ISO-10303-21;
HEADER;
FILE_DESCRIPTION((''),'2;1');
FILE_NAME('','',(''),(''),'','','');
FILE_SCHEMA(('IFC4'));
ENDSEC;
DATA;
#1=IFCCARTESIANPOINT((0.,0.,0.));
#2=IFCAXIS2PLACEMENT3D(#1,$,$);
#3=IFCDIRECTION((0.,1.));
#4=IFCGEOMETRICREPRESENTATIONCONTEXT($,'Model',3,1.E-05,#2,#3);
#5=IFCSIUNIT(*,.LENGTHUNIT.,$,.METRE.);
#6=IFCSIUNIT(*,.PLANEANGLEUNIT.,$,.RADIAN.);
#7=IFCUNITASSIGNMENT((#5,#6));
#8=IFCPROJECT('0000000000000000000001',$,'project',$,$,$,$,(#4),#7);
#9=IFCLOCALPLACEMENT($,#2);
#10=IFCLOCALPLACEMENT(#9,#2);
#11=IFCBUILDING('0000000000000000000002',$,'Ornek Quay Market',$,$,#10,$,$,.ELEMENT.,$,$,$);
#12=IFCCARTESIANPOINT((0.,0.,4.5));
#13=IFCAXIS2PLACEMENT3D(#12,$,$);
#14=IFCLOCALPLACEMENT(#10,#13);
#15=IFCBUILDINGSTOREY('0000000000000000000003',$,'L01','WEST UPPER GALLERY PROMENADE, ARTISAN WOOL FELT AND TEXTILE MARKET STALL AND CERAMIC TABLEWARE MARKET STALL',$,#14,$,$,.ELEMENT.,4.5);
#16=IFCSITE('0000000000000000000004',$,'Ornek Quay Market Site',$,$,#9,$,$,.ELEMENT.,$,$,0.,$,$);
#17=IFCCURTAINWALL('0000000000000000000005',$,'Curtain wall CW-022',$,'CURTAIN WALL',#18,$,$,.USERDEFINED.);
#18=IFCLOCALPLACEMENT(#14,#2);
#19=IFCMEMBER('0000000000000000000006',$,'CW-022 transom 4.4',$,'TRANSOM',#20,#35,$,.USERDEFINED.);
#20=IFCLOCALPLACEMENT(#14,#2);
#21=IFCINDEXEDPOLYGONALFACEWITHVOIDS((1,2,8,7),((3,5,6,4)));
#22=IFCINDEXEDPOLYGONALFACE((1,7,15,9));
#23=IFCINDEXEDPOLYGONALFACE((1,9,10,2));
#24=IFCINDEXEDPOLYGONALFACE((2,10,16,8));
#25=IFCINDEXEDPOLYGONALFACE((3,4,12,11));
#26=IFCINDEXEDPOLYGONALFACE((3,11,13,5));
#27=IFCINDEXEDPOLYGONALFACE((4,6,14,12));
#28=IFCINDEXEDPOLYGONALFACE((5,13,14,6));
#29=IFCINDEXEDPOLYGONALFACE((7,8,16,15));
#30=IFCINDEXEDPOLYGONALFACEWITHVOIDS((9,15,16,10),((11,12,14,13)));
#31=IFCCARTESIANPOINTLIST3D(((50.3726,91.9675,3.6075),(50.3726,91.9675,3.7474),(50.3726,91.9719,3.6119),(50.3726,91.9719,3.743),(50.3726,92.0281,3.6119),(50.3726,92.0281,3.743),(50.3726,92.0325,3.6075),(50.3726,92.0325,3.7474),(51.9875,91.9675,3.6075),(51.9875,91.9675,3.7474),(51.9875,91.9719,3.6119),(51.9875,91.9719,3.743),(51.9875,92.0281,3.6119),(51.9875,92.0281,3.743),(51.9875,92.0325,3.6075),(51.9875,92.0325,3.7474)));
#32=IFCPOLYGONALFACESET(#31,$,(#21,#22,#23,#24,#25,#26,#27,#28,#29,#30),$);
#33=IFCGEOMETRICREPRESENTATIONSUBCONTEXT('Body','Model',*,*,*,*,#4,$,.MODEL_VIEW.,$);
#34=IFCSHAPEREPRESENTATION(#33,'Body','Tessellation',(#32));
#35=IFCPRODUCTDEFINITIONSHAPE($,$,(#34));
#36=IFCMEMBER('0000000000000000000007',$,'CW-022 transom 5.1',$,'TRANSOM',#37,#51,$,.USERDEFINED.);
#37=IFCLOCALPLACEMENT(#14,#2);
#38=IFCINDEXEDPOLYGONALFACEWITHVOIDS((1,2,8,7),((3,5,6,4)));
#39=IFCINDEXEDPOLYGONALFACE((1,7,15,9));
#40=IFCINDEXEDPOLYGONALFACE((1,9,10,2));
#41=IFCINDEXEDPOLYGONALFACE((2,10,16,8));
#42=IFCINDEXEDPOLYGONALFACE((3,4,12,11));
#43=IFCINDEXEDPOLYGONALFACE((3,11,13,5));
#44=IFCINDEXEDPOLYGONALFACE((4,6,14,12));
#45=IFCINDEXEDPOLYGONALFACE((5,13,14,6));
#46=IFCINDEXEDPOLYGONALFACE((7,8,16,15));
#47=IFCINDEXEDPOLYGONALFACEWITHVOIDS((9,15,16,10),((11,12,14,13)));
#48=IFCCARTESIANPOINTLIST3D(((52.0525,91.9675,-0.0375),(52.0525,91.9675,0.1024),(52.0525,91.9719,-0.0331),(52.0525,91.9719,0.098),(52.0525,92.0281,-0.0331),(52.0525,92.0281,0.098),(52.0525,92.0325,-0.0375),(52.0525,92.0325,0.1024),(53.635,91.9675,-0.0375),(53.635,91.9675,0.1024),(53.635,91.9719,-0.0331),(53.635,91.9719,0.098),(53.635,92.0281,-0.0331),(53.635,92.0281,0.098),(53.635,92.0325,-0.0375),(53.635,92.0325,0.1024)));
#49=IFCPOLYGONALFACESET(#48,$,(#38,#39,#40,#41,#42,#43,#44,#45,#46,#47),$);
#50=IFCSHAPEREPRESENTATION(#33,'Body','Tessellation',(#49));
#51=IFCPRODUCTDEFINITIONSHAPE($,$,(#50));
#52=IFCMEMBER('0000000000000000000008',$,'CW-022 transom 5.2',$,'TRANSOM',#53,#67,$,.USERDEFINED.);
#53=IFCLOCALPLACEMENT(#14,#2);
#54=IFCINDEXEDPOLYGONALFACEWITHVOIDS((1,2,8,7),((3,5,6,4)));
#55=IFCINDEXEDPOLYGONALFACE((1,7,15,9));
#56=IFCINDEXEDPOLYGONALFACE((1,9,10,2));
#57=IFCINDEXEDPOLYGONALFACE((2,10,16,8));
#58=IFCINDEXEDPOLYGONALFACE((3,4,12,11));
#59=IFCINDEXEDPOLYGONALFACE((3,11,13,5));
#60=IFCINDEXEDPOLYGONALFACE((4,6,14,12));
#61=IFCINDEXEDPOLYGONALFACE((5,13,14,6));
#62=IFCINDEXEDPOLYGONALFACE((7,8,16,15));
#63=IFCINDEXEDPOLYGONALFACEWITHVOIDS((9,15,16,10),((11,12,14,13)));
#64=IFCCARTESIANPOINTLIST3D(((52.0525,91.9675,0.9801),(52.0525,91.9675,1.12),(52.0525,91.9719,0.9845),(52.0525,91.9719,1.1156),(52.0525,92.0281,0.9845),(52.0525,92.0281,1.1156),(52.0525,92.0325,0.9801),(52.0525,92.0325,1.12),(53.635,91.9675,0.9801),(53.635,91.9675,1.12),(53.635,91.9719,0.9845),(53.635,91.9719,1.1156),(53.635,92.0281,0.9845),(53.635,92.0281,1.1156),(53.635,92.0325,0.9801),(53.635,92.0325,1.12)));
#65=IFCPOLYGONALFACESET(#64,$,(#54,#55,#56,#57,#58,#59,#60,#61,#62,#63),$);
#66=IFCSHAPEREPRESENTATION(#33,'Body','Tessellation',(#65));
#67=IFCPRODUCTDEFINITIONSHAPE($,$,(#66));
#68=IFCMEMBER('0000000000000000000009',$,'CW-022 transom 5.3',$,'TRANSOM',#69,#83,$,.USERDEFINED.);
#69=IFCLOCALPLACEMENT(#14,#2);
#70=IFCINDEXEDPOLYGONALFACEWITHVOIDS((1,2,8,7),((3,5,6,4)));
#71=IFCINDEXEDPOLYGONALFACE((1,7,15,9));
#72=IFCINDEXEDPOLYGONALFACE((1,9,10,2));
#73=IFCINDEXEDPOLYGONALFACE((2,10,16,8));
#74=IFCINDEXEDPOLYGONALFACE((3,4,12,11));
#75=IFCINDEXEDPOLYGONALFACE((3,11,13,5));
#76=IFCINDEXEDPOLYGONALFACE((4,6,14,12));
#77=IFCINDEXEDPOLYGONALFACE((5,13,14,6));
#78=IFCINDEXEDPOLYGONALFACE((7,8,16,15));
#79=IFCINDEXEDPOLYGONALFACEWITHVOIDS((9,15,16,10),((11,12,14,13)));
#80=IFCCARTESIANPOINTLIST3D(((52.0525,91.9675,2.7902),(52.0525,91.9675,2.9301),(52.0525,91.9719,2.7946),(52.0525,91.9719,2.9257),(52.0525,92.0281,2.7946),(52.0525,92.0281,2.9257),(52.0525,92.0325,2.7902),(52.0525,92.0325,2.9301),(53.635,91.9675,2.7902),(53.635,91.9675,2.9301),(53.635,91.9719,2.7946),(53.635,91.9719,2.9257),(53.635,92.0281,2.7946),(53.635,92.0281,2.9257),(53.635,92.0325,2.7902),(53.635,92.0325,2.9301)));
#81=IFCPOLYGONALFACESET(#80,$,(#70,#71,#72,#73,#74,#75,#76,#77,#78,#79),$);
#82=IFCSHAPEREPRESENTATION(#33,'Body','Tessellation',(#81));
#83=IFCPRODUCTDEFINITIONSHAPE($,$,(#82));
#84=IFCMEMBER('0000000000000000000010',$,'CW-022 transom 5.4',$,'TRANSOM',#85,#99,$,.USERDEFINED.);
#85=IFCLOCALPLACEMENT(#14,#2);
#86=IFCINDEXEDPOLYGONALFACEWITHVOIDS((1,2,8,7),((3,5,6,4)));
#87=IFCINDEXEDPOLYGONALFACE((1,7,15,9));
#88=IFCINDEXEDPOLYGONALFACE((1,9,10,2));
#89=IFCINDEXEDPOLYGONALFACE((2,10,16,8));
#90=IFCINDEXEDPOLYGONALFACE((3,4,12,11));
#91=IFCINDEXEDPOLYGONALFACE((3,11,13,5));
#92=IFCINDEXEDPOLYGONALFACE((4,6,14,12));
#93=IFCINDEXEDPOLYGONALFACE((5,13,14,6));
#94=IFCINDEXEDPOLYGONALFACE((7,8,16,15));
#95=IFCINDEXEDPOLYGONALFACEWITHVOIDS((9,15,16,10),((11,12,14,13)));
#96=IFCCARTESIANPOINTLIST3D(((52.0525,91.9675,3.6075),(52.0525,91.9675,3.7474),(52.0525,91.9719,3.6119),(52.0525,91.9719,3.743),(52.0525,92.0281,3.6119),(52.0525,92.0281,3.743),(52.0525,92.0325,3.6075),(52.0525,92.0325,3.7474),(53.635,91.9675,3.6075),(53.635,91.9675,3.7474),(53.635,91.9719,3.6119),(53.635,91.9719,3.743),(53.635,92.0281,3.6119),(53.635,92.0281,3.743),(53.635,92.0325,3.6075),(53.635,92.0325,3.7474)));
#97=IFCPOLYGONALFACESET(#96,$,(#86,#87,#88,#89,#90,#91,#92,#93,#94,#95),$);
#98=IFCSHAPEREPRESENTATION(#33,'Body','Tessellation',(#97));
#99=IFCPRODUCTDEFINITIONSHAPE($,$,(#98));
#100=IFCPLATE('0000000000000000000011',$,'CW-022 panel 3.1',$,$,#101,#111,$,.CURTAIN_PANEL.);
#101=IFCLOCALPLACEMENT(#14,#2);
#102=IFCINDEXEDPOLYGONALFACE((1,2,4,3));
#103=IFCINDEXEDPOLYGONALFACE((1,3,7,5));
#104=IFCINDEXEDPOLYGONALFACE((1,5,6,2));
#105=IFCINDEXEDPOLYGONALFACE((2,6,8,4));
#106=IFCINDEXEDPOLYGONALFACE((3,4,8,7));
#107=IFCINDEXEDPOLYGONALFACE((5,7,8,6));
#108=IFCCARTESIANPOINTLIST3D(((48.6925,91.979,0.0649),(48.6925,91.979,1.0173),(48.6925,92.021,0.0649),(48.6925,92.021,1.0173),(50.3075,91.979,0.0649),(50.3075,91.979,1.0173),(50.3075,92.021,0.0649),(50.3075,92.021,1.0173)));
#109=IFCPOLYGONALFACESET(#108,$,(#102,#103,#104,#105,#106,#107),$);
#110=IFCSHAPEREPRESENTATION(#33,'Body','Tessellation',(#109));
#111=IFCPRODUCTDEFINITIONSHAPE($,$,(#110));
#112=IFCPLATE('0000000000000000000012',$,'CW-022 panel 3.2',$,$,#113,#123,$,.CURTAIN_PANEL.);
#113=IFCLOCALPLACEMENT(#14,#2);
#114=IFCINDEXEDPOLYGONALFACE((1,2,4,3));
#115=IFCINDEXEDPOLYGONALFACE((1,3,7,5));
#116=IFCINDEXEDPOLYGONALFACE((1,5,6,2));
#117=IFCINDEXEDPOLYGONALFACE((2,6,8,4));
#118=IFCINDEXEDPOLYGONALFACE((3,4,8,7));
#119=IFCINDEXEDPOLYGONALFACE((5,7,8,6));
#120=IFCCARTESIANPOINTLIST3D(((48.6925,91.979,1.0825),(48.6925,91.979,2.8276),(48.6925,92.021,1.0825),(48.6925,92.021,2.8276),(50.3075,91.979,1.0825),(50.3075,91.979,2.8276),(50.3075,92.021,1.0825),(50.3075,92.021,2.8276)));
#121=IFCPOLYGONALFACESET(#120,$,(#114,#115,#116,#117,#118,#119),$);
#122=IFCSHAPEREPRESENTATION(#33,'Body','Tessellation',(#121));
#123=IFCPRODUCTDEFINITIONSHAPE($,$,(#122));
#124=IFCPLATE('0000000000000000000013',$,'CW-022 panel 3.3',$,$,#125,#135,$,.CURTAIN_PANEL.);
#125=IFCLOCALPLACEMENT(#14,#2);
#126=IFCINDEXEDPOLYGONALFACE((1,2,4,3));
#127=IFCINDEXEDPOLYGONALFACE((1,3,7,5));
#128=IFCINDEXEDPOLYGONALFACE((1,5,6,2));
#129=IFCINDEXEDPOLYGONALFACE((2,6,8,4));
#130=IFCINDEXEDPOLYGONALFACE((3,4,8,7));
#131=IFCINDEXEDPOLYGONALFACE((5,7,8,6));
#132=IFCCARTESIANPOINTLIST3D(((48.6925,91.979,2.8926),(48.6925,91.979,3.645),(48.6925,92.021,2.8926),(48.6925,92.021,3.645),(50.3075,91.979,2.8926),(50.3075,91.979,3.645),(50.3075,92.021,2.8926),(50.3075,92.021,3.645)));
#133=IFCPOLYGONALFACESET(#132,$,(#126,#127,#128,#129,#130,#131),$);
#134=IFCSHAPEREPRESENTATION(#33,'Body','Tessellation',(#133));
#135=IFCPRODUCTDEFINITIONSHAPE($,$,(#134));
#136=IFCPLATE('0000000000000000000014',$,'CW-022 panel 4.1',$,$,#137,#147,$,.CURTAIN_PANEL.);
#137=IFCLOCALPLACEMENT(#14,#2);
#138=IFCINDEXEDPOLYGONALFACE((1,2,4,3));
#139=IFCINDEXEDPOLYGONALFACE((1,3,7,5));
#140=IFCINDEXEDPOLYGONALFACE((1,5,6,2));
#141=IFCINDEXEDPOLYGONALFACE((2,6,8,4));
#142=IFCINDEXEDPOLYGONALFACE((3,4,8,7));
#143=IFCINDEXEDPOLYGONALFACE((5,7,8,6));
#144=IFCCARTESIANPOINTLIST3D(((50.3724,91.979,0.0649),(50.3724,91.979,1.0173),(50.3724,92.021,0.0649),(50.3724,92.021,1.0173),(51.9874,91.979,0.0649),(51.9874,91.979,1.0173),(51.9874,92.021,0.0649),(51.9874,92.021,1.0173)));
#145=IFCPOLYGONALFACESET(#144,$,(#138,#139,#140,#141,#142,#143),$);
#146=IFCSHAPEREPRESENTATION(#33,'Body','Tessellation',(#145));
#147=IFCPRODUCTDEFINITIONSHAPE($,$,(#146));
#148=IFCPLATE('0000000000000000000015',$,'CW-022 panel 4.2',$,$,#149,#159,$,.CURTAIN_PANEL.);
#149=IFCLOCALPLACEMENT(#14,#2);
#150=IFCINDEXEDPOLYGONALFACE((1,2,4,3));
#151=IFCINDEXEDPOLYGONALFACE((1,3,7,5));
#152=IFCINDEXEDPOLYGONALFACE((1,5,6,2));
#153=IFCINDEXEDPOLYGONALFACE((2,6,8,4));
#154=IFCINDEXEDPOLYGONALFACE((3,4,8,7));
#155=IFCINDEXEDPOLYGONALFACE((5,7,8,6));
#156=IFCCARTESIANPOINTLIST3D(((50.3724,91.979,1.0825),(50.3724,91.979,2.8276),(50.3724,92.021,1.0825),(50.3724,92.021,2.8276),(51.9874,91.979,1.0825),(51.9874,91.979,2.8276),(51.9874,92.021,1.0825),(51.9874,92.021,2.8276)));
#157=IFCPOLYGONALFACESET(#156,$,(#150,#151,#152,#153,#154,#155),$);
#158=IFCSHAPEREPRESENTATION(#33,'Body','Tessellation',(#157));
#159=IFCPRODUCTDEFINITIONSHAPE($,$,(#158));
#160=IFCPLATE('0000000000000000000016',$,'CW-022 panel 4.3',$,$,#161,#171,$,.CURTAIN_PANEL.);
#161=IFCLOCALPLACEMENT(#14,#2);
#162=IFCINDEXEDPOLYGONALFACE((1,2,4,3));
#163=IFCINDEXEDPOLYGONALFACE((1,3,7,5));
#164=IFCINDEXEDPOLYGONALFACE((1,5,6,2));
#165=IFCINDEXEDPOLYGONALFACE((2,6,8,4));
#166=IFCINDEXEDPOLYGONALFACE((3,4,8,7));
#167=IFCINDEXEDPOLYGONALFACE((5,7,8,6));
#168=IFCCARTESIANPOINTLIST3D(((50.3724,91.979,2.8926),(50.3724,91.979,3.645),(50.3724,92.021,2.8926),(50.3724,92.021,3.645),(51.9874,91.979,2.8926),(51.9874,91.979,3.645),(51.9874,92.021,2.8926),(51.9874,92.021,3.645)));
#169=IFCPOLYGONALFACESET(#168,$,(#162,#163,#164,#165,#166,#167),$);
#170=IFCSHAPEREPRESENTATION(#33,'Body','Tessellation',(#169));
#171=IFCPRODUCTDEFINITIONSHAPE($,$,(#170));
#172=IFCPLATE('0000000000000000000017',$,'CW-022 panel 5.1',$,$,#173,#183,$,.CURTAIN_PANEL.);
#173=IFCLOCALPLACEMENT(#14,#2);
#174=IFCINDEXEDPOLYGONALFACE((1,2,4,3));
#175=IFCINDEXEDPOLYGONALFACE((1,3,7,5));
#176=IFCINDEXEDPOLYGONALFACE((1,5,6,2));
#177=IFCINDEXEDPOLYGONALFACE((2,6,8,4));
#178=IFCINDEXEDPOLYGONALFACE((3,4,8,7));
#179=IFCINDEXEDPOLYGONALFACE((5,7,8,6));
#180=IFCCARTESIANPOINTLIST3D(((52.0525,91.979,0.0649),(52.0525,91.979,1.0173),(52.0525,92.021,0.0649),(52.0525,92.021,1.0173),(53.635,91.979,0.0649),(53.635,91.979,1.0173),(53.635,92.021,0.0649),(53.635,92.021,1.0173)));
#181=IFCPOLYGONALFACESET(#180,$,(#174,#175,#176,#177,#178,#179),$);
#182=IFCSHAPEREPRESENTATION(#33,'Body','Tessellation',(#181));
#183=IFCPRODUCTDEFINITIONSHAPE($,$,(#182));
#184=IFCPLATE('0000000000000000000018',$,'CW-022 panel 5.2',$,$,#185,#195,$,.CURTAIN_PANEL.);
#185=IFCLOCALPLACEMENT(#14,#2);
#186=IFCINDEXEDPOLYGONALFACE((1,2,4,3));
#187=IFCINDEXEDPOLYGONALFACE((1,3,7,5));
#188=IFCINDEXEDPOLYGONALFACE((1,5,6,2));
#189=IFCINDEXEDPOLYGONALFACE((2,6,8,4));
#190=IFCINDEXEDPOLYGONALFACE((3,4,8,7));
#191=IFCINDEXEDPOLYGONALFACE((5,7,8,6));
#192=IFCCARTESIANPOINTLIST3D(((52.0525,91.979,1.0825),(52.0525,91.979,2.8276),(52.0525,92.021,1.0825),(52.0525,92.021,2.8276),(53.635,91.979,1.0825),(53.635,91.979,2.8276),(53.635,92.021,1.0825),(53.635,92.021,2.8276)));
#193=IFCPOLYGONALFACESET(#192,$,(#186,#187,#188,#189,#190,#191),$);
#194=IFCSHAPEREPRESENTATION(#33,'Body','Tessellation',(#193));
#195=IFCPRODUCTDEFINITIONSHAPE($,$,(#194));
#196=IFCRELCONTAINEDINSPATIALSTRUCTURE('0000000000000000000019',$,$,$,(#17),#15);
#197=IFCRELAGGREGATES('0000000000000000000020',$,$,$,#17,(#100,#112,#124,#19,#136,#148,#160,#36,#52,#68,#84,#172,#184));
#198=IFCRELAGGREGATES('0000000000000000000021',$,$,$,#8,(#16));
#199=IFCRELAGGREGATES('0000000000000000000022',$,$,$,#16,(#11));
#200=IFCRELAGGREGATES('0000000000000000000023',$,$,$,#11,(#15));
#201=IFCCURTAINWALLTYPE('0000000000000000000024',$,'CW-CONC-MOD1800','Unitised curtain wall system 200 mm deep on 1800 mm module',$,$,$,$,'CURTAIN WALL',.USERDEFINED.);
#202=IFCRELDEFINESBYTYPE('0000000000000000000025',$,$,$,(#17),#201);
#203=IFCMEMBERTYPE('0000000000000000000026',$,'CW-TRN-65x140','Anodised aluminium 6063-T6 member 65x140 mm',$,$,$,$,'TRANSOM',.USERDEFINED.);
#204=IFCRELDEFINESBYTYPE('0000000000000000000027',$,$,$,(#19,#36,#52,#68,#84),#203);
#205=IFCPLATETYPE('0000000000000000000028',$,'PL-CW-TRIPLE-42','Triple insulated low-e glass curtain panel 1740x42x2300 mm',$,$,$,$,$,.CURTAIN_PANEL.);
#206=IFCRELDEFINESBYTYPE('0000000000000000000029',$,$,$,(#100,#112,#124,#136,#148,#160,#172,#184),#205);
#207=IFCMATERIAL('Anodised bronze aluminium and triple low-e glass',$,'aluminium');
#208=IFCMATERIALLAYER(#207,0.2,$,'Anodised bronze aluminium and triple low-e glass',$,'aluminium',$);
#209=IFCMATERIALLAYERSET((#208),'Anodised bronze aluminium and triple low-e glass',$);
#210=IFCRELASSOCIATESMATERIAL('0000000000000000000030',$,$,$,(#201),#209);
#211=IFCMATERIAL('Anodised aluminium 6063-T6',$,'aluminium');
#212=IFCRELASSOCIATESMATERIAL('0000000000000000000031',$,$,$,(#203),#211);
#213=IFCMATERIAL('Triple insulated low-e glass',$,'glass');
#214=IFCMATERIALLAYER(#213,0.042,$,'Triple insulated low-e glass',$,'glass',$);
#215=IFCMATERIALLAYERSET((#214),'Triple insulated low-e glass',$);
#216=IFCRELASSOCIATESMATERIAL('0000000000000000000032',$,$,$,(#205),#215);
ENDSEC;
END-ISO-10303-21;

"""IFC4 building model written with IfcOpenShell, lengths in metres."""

from ifc_helpers import new_model, si_unit, direction, frame, origin, origin_2d, place, context, subcontext, project, spatial, rectangle, hollow_rectangle, extrude, material, layer, layer_set, material_profile, profile_set, type_object, element, aggregate, save


model = new_model("IFC4")

# Units and contexts
model_context = context("Model", 3, precision=1e-05, world=origin(), true_north=direction((0.0, 1.0)))
body_context = subcontext(model_context, "Body", "Model", "MODEL_VIEW")
ifc_project = project(units=[si_unit("LENGTHUNIT", "METRE"), si_unit("PLANEANGLEUNIT", "RADIAN")], contexts=[model_context])

# Site, building, storey
site_placement = place(None, origin())
site = spatial("IfcSite", under=ifc_project, at=site_placement, Name="Ornek Quay Market Site", CompositionType="ELEMENT", RefElevation=0.0)
building_placement = place(site_placement, origin())
building = spatial("IfcBuilding", under=site, at=building_placement, Name="Ornek Quay Market", CompositionType="ELEMENT")
storey_placement = place(building_placement, frame((0.0, 0.0, 4.5)))
storey = spatial("IfcBuildingStorey", under=building, at=storey_placement, Name="L01", Description="WEST UPPER GALLERY PROMENADE, ARTISAN WOOL FELT AND TEXTILE MARKET STALL AND CERAMIC TABLEWARE MARKET STALL", CompositionType="ELEMENT", Elevation=4.5)

# Curtain wall, members, plates
ifc_material_1 = material(Name="Anodised bronze aluminium and triple low-e glass", Category="aluminium")
ifc_layer_1 = layer(ifc_material_1, 0.2, Name="Anodised bronze aluminium and triple low-e glass", Category="aluminium")
ifc_layer_set_1 = layer_set([ifc_layer_1], Name="Anodised bronze aluminium and triple low-e glass")
curtain_wall_type = type_object("IfcCurtainWallType", Name="CW-CONC-MOD1800", Description="Unitised curtain wall system 200 mm deep on 1800 mm module", ElementType="CURTAIN WALL", PredefinedType="USERDEFINED", material=ifc_layer_set_1)
curtain_wall_placement = place(storey_placement, origin())
curtain_wall = element("IfcCurtainWall", 1, at=curtain_wall_placement, inside=storey, type_object=curtain_wall_type, Name="Curtain wall CW-022", ObjectType="CURTAIN WALL", PredefinedType="USERDEFINED")
ifc_material_2 = material(Name="Anodised aluminium 6063-T6", Category="aluminium")
ifc_material_profile_1 = material_profile(ifc_material_2, hollow_rectangle(XDim=0.0649, YDim=0.1399, WallThickness=0.0044, at=origin_2d()), Name="CW-TRN-65x140", Category="aluminium")
ifc_profile_set_1 = profile_set([ifc_material_profile_1], Name="Anodised aluminium 6063-T6")
member_type_1 = type_object("IfcMemberType", Name="CW-TRN-65x140", Description="Anodised aluminium 6063-T6 member 65x140 mm", ElementType="TRANSOM", PredefinedType="USERDEFINED", material=ifc_profile_set_1)
member_1_placement = place(storey_placement, frame((50.3726, 92.0, 3.6775), z_axis=(1.0, 0.0, 0.0), x_axis=(0.0, 1.0, 0.0)))
member_1 = element("IfcMember", 2, at=member_1_placement, type_object=member_type_1, Name="CW-022 transom 4.4", ObjectType="TRANSOM", PredefinedType="USERDEFINED", context=body_context, shape_type="SweptSolid", body=[
    extrude(hollow_rectangle(XDim=0.0649, YDim=0.1399, WallThickness=0.0044, at=origin_2d()), origin(), (0.0, 0.0, 1.0), 1.615),
])
member_2_placement = place(storey_placement, frame((52.0525, 92.0, 0.0325), z_axis=(1.0, 0.0, 0.0), x_axis=(0.0, 1.0, 0.0)))
member_2 = element("IfcMember", 3, at=member_2_placement, type_object=member_type_1, Name="CW-022 transom 5.1", ObjectType="TRANSOM", PredefinedType="USERDEFINED", context=body_context, shape_type="SweptSolid", body=[
    extrude(hollow_rectangle(XDim=0.0649, YDim=0.1399, WallThickness=0.0044, at=origin_2d()), origin(), (0.0, 0.0, 1.0), 1.5825),
])
member_3_placement = place(storey_placement, frame((52.0525, 92.0, 1.05), z_axis=(1.0, 0.0, 0.0), x_axis=(0.0, 1.0, 0.0)))
member_3 = element("IfcMember", 4, at=member_3_placement, type_object=member_type_1, Name="CW-022 transom 5.2", ObjectType="TRANSOM", PredefinedType="USERDEFINED", context=body_context, shape_type="SweptSolid", body=[
    extrude(hollow_rectangle(XDim=0.0649, YDim=0.1399, WallThickness=0.0044, at=origin_2d()), origin(), (0.0, 0.0, 1.0), 1.5825),
])
member_4_placement = place(storey_placement, frame((52.0525, 92.0, 2.8601), z_axis=(1.0, 0.0, 0.0), x_axis=(0.0, 1.0, 0.0)))
member_4 = element("IfcMember", 5, at=member_4_placement, type_object=member_type_1, Name="CW-022 transom 5.3", ObjectType="TRANSOM", PredefinedType="USERDEFINED", context=body_context, shape_type="SweptSolid", body=[
    extrude(hollow_rectangle(XDim=0.0649, YDim=0.1399, WallThickness=0.0044, at=origin_2d()), origin(), (0.0, 0.0, 1.0), 1.5825),
])
member_5_placement = place(storey_placement, frame((52.0525, 92.0, 3.6775), z_axis=(1.0, 0.0, 0.0), x_axis=(0.0, 1.0, 0.0)))
member_5 = element("IfcMember", 6, at=member_5_placement, type_object=member_type_1, Name="CW-022 transom 5.4", ObjectType="TRANSOM", PredefinedType="USERDEFINED", context=body_context, shape_type="SweptSolid", body=[
    extrude(hollow_rectangle(XDim=0.0649, YDim=0.1399, WallThickness=0.0044, at=origin_2d()), origin(), (0.0, 0.0, 1.0), 1.5825),
])
ifc_material_3 = material(Name="Triple insulated low-e glass", Category="glass")
ifc_layer_2 = layer(ifc_material_3, 0.042, Name="Triple insulated low-e glass", Category="glass")
ifc_layer_set_2 = layer_set([ifc_layer_2], Name="Triple insulated low-e glass")
plate_type = type_object("IfcPlateType", Name="PL-CW-TRIPLE-42", Description="Triple insulated low-e glass curtain panel 1740x42x2300 mm", PredefinedType="CURTAIN_PANEL", material=ifc_layer_set_2)
plate_1_placement = place(storey_placement, frame((49.5, 92.0, 0.0649), z_axis=(0.0, 0.0, 1.0), x_axis=(1.0, 0.0, 0.0)))
plate_1 = element("IfcPlate", 7, at=plate_1_placement, type_object=plate_type, Name="CW-022 panel 3.1", PredefinedType="CURTAIN_PANEL", context=body_context, shape_type="SweptSolid", body=[
    extrude(rectangle(XDim=1.615, YDim=0.042, at=origin_2d()), origin(), (0.0, 0.0, 1.0), 0.9524),
])
plate_2_placement = place(storey_placement, frame((49.5, 92.0, 1.0825), z_axis=(0.0, 0.0, 1.0), x_axis=(1.0, 0.0, 0.0)))
plate_2 = element("IfcPlate", 8, at=plate_2_placement, type_object=plate_type, Name="CW-022 panel 3.2", PredefinedType="CURTAIN_PANEL", context=body_context, shape_type="SweptSolid", body=[
    extrude(rectangle(XDim=1.615, YDim=0.042, at=origin_2d()), origin(), (0.0, 0.0, 1.0), 1.7451),
])
plate_3_placement = place(storey_placement, frame((49.5, 92.0, 2.8926), z_axis=(0.0, 0.0, 1.0), x_axis=(1.0, 0.0, 0.0)))
plate_3 = element("IfcPlate", 9, at=plate_3_placement, type_object=plate_type, Name="CW-022 panel 3.3", PredefinedType="CURTAIN_PANEL", context=body_context, shape_type="SweptSolid", body=[
    extrude(rectangle(XDim=1.615, YDim=0.042, at=origin_2d()), origin(), (0.0, 0.0, 1.0), 0.7524),
])
plate_4_placement = place(storey_placement, frame((51.1799, 92.0, 0.0649), z_axis=(0.0, 0.0, 1.0), x_axis=(1.0, 0.0, 0.0)))
plate_4 = element("IfcPlate", 10, at=plate_4_placement, type_object=plate_type, Name="CW-022 panel 4.1", PredefinedType="CURTAIN_PANEL", context=body_context, shape_type="SweptSolid", body=[
    extrude(rectangle(XDim=1.615, YDim=0.042, at=origin_2d()), origin(), (0.0, 0.0, 1.0), 0.9524),
])
plate_5_placement = place(storey_placement, frame((51.1799, 92.0, 1.0825), z_axis=(0.0, 0.0, 1.0), x_axis=(1.0, 0.0, 0.0)))
plate_5 = element("IfcPlate", 11, at=plate_5_placement, type_object=plate_type, Name="CW-022 panel 4.2", PredefinedType="CURTAIN_PANEL", context=body_context, shape_type="SweptSolid", body=[
    extrude(rectangle(XDim=1.615, YDim=0.042, at=origin_2d()), origin(), (0.0, 0.0, 1.0), 1.7451),
])
plate_6_placement = place(storey_placement, frame((51.1799, 92.0, 2.8926), z_axis=(0.0, 0.0, 1.0), x_axis=(1.0, 0.0, 0.0)))
plate_6 = element("IfcPlate", 12, at=plate_6_placement, type_object=plate_type, Name="CW-022 panel 4.3", PredefinedType="CURTAIN_PANEL", context=body_context, shape_type="SweptSolid", body=[
    extrude(rectangle(XDim=1.615, YDim=0.042, at=origin_2d()), origin(), (0.0, 0.0, 1.0), 0.7524),
])
plate_7_placement = place(storey_placement, frame((52.8438, 92.0, 0.0649), z_axis=(0.0, 0.0, 1.0), x_axis=(1.0, 0.0, 0.0)))
plate_7 = element("IfcPlate", 13, at=plate_7_placement, type_object=plate_type, Name="CW-022 panel 5.1", PredefinedType="CURTAIN_PANEL", context=body_context, shape_type="SweptSolid", body=[
    extrude(rectangle(XDim=1.5825, YDim=0.042, at=origin_2d()), origin(), (0.0, 0.0, 1.0), 0.9524),
])
plate_8_placement = place(storey_placement, frame((52.8438, 92.0, 1.0825), z_axis=(0.0, 0.0, 1.0), x_axis=(1.0, 0.0, 0.0)))
plate_8 = element("IfcPlate", 14, at=plate_8_placement, type_object=plate_type, Name="CW-022 panel 5.2", PredefinedType="CURTAIN_PANEL", context=body_context, shape_type="SweptSolid", body=[
    extrude(rectangle(XDim=1.5825, YDim=0.042, at=origin_2d()), origin(), (0.0, 0.0, 1.0), 1.7451),
])
aggregate(curtain_wall, [plate_1, plate_2, plate_3, member_1, plate_4, plate_5, plate_6, member_2, member_3, member_4, member_5, plate_7, plate_8])

save(model, "model.ifc")
